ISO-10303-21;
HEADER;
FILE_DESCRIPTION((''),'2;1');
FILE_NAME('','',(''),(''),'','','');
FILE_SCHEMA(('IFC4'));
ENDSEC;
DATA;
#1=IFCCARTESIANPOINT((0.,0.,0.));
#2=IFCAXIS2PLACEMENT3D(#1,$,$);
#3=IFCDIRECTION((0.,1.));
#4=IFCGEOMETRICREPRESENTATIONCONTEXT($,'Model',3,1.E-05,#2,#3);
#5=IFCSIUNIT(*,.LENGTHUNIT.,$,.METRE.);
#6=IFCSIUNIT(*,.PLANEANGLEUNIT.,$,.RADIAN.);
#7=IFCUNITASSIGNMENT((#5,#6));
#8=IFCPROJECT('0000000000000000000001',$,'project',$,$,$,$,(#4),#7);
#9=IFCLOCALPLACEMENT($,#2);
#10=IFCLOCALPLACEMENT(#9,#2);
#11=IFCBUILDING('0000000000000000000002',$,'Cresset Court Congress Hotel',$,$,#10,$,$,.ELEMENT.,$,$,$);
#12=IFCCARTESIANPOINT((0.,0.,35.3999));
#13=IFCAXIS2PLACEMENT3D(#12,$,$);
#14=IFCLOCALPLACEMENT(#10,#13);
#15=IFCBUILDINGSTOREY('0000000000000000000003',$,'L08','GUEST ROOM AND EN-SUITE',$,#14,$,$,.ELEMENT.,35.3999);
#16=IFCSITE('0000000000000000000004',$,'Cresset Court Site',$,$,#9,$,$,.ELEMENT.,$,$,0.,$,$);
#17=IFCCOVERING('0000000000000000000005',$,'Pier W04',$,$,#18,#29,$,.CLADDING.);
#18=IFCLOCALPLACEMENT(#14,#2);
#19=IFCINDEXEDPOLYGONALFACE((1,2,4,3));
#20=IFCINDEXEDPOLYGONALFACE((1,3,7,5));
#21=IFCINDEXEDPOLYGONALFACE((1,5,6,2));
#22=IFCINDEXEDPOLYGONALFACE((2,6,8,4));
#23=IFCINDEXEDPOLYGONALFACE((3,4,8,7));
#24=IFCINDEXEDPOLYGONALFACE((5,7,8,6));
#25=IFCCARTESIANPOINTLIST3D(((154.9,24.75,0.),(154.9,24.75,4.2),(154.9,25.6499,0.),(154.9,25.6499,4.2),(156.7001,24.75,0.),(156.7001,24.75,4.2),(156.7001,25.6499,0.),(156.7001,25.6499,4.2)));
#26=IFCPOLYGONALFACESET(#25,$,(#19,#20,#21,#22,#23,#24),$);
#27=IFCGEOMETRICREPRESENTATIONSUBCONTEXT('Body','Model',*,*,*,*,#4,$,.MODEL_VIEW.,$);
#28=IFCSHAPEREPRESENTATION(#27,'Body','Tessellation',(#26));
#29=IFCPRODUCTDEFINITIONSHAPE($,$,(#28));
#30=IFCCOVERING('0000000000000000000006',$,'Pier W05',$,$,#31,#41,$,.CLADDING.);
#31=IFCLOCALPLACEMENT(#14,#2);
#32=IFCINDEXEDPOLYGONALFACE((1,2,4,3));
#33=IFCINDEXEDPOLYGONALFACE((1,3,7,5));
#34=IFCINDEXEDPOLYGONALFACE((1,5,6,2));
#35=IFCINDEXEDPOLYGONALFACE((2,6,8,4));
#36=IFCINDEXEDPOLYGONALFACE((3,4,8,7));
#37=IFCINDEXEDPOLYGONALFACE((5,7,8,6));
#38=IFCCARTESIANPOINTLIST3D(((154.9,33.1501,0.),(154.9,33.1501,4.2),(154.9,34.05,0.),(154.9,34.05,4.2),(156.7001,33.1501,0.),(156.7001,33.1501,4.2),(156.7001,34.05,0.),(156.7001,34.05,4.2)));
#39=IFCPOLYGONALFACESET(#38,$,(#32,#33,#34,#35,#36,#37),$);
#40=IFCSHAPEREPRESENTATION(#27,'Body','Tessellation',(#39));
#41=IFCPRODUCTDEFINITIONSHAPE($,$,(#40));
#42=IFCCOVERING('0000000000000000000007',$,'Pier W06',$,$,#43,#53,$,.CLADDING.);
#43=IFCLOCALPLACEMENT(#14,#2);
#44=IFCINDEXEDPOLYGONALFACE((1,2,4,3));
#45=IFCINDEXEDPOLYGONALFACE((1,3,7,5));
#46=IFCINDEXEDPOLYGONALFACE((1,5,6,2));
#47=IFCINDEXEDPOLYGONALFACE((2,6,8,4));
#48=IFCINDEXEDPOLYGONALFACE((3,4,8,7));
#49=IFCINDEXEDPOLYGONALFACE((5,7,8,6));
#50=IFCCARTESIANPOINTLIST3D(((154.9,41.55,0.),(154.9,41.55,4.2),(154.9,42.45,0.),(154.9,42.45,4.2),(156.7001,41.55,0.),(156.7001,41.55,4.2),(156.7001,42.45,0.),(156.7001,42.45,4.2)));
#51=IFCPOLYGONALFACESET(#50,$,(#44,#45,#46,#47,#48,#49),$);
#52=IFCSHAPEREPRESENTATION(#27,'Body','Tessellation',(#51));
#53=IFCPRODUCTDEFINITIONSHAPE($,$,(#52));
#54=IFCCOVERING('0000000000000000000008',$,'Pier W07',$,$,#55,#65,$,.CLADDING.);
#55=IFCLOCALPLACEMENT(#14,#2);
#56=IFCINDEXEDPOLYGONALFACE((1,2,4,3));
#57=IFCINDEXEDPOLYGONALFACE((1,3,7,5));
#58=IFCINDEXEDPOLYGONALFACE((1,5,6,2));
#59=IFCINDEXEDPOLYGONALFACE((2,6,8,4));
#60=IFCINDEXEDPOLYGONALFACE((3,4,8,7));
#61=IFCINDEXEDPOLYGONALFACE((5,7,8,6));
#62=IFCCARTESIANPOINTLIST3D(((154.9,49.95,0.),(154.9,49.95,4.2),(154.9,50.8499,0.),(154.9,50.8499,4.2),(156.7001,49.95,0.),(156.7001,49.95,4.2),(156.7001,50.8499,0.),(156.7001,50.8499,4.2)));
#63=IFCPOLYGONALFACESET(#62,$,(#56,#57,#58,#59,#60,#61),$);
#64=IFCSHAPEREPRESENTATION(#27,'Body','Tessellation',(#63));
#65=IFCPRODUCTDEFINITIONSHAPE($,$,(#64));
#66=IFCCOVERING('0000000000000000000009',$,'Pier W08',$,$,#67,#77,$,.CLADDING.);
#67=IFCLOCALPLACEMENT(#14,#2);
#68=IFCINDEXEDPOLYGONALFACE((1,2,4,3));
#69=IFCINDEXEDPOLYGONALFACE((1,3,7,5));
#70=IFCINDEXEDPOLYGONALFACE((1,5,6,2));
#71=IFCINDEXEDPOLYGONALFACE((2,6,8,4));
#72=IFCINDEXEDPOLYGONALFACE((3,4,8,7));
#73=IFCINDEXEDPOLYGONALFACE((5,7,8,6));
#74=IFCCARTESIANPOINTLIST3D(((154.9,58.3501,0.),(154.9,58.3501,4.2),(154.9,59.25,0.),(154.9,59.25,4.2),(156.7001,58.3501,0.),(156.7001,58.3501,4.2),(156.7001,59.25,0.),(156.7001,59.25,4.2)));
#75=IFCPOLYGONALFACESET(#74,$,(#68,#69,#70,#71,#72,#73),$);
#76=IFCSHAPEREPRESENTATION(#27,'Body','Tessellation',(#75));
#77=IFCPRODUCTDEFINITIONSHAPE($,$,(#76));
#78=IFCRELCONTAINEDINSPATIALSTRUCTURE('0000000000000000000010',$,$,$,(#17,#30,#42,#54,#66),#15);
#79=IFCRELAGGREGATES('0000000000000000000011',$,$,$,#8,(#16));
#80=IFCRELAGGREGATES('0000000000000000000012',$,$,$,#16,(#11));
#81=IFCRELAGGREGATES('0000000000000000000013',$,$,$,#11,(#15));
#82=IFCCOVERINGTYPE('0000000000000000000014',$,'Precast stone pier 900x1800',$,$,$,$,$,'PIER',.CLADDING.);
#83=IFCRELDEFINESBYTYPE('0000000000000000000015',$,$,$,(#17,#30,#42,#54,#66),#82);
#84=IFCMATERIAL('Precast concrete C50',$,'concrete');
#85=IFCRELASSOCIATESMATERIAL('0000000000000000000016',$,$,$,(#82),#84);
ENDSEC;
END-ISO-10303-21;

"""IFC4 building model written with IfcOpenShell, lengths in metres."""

from ifc_helpers import new_model, si_unit, direction, frame, origin, origin_2d, place, context, subcontext, project, spatial, rectangle, extrude, material, type_object, element, save


model = new_model("IFC4")

# Units and contexts
model_context = context("Model", 3, precision=1e-05, world=origin(), true_north=direction((0.0, 1.0)))
body_context = subcontext(model_context, "Body", "Model", "MODEL_VIEW")
ifc_project = project(units=[si_unit("LENGTHUNIT", "METRE"), si_unit("PLANEANGLEUNIT", "RADIAN")], contexts=[model_context])

# Site, building, storey
site_placement = place(None, origin())
site = spatial("IfcSite", under=ifc_project, at=site_placement, Name="Cresset Court Site", CompositionType="ELEMENT", RefElevation=0.0)
building_placement = place(site_placement, origin())
building = spatial("IfcBuilding", under=site, at=building_placement, Name="Cresset Court Congress Hotel", CompositionType="ELEMENT")
storey_placement = place(building_placement, frame((0.0, 0.0, 35.3999)))
storey = spatial("IfcBuildingStorey", under=building, at=storey_placement, Name="L08", Description="GUEST ROOM AND EN-SUITE", CompositionType="ELEMENT", Elevation=35.3999)

# Coverings
ifc_material_1 = material(Name="Precast concrete C50", Category="concrete")
covering_type_1 = type_object("IfcCoveringType", Name="Precast stone pier 900x1800", ElementType="PIER", PredefinedType="CLADDING", material=ifc_material_1)
for number, where, z_axis, x_axis, name in (
    (1, (155.8, 25.2, 0.0), (0.0, 0.0, 1.0), (1.0, 0.0, 0.0), "Pier W04"),
    (2, (155.8, 33.6001, 0.0), (0.0, 0.0, 1.0), (1.0, 0.0, 0.0), "Pier W05"),
    (3, (155.8, 42.0, 0.0), (0.0, 0.0, 1.0), (1.0, 0.0, 0.0), "Pier W06"),
    (4, (155.8, 50.3999, 0.0), (0.0, 0.0, 1.0), (1.0, 0.0, 0.0), "Pier W07"),
    (5, (155.8, 58.8, 0.0), (0.0, 0.0, 1.0), (1.0, 0.0, 0.0), "Pier W08"),
):
    element("IfcCovering", number, at=place(storey_placement, frame(where, z_axis=z_axis, x_axis=x_axis)), inside=storey, type_object=covering_type_1, Name=name, PredefinedType="CLADDING", context=body_context, shape_type="SweptSolid", body=[
        extrude(rectangle(XDim=1.8, YDim=0.8999, at=origin_2d()), origin(), (0.0, 0.0, 1.0), 4.2),
    ])

save(model, "model.ifc")
